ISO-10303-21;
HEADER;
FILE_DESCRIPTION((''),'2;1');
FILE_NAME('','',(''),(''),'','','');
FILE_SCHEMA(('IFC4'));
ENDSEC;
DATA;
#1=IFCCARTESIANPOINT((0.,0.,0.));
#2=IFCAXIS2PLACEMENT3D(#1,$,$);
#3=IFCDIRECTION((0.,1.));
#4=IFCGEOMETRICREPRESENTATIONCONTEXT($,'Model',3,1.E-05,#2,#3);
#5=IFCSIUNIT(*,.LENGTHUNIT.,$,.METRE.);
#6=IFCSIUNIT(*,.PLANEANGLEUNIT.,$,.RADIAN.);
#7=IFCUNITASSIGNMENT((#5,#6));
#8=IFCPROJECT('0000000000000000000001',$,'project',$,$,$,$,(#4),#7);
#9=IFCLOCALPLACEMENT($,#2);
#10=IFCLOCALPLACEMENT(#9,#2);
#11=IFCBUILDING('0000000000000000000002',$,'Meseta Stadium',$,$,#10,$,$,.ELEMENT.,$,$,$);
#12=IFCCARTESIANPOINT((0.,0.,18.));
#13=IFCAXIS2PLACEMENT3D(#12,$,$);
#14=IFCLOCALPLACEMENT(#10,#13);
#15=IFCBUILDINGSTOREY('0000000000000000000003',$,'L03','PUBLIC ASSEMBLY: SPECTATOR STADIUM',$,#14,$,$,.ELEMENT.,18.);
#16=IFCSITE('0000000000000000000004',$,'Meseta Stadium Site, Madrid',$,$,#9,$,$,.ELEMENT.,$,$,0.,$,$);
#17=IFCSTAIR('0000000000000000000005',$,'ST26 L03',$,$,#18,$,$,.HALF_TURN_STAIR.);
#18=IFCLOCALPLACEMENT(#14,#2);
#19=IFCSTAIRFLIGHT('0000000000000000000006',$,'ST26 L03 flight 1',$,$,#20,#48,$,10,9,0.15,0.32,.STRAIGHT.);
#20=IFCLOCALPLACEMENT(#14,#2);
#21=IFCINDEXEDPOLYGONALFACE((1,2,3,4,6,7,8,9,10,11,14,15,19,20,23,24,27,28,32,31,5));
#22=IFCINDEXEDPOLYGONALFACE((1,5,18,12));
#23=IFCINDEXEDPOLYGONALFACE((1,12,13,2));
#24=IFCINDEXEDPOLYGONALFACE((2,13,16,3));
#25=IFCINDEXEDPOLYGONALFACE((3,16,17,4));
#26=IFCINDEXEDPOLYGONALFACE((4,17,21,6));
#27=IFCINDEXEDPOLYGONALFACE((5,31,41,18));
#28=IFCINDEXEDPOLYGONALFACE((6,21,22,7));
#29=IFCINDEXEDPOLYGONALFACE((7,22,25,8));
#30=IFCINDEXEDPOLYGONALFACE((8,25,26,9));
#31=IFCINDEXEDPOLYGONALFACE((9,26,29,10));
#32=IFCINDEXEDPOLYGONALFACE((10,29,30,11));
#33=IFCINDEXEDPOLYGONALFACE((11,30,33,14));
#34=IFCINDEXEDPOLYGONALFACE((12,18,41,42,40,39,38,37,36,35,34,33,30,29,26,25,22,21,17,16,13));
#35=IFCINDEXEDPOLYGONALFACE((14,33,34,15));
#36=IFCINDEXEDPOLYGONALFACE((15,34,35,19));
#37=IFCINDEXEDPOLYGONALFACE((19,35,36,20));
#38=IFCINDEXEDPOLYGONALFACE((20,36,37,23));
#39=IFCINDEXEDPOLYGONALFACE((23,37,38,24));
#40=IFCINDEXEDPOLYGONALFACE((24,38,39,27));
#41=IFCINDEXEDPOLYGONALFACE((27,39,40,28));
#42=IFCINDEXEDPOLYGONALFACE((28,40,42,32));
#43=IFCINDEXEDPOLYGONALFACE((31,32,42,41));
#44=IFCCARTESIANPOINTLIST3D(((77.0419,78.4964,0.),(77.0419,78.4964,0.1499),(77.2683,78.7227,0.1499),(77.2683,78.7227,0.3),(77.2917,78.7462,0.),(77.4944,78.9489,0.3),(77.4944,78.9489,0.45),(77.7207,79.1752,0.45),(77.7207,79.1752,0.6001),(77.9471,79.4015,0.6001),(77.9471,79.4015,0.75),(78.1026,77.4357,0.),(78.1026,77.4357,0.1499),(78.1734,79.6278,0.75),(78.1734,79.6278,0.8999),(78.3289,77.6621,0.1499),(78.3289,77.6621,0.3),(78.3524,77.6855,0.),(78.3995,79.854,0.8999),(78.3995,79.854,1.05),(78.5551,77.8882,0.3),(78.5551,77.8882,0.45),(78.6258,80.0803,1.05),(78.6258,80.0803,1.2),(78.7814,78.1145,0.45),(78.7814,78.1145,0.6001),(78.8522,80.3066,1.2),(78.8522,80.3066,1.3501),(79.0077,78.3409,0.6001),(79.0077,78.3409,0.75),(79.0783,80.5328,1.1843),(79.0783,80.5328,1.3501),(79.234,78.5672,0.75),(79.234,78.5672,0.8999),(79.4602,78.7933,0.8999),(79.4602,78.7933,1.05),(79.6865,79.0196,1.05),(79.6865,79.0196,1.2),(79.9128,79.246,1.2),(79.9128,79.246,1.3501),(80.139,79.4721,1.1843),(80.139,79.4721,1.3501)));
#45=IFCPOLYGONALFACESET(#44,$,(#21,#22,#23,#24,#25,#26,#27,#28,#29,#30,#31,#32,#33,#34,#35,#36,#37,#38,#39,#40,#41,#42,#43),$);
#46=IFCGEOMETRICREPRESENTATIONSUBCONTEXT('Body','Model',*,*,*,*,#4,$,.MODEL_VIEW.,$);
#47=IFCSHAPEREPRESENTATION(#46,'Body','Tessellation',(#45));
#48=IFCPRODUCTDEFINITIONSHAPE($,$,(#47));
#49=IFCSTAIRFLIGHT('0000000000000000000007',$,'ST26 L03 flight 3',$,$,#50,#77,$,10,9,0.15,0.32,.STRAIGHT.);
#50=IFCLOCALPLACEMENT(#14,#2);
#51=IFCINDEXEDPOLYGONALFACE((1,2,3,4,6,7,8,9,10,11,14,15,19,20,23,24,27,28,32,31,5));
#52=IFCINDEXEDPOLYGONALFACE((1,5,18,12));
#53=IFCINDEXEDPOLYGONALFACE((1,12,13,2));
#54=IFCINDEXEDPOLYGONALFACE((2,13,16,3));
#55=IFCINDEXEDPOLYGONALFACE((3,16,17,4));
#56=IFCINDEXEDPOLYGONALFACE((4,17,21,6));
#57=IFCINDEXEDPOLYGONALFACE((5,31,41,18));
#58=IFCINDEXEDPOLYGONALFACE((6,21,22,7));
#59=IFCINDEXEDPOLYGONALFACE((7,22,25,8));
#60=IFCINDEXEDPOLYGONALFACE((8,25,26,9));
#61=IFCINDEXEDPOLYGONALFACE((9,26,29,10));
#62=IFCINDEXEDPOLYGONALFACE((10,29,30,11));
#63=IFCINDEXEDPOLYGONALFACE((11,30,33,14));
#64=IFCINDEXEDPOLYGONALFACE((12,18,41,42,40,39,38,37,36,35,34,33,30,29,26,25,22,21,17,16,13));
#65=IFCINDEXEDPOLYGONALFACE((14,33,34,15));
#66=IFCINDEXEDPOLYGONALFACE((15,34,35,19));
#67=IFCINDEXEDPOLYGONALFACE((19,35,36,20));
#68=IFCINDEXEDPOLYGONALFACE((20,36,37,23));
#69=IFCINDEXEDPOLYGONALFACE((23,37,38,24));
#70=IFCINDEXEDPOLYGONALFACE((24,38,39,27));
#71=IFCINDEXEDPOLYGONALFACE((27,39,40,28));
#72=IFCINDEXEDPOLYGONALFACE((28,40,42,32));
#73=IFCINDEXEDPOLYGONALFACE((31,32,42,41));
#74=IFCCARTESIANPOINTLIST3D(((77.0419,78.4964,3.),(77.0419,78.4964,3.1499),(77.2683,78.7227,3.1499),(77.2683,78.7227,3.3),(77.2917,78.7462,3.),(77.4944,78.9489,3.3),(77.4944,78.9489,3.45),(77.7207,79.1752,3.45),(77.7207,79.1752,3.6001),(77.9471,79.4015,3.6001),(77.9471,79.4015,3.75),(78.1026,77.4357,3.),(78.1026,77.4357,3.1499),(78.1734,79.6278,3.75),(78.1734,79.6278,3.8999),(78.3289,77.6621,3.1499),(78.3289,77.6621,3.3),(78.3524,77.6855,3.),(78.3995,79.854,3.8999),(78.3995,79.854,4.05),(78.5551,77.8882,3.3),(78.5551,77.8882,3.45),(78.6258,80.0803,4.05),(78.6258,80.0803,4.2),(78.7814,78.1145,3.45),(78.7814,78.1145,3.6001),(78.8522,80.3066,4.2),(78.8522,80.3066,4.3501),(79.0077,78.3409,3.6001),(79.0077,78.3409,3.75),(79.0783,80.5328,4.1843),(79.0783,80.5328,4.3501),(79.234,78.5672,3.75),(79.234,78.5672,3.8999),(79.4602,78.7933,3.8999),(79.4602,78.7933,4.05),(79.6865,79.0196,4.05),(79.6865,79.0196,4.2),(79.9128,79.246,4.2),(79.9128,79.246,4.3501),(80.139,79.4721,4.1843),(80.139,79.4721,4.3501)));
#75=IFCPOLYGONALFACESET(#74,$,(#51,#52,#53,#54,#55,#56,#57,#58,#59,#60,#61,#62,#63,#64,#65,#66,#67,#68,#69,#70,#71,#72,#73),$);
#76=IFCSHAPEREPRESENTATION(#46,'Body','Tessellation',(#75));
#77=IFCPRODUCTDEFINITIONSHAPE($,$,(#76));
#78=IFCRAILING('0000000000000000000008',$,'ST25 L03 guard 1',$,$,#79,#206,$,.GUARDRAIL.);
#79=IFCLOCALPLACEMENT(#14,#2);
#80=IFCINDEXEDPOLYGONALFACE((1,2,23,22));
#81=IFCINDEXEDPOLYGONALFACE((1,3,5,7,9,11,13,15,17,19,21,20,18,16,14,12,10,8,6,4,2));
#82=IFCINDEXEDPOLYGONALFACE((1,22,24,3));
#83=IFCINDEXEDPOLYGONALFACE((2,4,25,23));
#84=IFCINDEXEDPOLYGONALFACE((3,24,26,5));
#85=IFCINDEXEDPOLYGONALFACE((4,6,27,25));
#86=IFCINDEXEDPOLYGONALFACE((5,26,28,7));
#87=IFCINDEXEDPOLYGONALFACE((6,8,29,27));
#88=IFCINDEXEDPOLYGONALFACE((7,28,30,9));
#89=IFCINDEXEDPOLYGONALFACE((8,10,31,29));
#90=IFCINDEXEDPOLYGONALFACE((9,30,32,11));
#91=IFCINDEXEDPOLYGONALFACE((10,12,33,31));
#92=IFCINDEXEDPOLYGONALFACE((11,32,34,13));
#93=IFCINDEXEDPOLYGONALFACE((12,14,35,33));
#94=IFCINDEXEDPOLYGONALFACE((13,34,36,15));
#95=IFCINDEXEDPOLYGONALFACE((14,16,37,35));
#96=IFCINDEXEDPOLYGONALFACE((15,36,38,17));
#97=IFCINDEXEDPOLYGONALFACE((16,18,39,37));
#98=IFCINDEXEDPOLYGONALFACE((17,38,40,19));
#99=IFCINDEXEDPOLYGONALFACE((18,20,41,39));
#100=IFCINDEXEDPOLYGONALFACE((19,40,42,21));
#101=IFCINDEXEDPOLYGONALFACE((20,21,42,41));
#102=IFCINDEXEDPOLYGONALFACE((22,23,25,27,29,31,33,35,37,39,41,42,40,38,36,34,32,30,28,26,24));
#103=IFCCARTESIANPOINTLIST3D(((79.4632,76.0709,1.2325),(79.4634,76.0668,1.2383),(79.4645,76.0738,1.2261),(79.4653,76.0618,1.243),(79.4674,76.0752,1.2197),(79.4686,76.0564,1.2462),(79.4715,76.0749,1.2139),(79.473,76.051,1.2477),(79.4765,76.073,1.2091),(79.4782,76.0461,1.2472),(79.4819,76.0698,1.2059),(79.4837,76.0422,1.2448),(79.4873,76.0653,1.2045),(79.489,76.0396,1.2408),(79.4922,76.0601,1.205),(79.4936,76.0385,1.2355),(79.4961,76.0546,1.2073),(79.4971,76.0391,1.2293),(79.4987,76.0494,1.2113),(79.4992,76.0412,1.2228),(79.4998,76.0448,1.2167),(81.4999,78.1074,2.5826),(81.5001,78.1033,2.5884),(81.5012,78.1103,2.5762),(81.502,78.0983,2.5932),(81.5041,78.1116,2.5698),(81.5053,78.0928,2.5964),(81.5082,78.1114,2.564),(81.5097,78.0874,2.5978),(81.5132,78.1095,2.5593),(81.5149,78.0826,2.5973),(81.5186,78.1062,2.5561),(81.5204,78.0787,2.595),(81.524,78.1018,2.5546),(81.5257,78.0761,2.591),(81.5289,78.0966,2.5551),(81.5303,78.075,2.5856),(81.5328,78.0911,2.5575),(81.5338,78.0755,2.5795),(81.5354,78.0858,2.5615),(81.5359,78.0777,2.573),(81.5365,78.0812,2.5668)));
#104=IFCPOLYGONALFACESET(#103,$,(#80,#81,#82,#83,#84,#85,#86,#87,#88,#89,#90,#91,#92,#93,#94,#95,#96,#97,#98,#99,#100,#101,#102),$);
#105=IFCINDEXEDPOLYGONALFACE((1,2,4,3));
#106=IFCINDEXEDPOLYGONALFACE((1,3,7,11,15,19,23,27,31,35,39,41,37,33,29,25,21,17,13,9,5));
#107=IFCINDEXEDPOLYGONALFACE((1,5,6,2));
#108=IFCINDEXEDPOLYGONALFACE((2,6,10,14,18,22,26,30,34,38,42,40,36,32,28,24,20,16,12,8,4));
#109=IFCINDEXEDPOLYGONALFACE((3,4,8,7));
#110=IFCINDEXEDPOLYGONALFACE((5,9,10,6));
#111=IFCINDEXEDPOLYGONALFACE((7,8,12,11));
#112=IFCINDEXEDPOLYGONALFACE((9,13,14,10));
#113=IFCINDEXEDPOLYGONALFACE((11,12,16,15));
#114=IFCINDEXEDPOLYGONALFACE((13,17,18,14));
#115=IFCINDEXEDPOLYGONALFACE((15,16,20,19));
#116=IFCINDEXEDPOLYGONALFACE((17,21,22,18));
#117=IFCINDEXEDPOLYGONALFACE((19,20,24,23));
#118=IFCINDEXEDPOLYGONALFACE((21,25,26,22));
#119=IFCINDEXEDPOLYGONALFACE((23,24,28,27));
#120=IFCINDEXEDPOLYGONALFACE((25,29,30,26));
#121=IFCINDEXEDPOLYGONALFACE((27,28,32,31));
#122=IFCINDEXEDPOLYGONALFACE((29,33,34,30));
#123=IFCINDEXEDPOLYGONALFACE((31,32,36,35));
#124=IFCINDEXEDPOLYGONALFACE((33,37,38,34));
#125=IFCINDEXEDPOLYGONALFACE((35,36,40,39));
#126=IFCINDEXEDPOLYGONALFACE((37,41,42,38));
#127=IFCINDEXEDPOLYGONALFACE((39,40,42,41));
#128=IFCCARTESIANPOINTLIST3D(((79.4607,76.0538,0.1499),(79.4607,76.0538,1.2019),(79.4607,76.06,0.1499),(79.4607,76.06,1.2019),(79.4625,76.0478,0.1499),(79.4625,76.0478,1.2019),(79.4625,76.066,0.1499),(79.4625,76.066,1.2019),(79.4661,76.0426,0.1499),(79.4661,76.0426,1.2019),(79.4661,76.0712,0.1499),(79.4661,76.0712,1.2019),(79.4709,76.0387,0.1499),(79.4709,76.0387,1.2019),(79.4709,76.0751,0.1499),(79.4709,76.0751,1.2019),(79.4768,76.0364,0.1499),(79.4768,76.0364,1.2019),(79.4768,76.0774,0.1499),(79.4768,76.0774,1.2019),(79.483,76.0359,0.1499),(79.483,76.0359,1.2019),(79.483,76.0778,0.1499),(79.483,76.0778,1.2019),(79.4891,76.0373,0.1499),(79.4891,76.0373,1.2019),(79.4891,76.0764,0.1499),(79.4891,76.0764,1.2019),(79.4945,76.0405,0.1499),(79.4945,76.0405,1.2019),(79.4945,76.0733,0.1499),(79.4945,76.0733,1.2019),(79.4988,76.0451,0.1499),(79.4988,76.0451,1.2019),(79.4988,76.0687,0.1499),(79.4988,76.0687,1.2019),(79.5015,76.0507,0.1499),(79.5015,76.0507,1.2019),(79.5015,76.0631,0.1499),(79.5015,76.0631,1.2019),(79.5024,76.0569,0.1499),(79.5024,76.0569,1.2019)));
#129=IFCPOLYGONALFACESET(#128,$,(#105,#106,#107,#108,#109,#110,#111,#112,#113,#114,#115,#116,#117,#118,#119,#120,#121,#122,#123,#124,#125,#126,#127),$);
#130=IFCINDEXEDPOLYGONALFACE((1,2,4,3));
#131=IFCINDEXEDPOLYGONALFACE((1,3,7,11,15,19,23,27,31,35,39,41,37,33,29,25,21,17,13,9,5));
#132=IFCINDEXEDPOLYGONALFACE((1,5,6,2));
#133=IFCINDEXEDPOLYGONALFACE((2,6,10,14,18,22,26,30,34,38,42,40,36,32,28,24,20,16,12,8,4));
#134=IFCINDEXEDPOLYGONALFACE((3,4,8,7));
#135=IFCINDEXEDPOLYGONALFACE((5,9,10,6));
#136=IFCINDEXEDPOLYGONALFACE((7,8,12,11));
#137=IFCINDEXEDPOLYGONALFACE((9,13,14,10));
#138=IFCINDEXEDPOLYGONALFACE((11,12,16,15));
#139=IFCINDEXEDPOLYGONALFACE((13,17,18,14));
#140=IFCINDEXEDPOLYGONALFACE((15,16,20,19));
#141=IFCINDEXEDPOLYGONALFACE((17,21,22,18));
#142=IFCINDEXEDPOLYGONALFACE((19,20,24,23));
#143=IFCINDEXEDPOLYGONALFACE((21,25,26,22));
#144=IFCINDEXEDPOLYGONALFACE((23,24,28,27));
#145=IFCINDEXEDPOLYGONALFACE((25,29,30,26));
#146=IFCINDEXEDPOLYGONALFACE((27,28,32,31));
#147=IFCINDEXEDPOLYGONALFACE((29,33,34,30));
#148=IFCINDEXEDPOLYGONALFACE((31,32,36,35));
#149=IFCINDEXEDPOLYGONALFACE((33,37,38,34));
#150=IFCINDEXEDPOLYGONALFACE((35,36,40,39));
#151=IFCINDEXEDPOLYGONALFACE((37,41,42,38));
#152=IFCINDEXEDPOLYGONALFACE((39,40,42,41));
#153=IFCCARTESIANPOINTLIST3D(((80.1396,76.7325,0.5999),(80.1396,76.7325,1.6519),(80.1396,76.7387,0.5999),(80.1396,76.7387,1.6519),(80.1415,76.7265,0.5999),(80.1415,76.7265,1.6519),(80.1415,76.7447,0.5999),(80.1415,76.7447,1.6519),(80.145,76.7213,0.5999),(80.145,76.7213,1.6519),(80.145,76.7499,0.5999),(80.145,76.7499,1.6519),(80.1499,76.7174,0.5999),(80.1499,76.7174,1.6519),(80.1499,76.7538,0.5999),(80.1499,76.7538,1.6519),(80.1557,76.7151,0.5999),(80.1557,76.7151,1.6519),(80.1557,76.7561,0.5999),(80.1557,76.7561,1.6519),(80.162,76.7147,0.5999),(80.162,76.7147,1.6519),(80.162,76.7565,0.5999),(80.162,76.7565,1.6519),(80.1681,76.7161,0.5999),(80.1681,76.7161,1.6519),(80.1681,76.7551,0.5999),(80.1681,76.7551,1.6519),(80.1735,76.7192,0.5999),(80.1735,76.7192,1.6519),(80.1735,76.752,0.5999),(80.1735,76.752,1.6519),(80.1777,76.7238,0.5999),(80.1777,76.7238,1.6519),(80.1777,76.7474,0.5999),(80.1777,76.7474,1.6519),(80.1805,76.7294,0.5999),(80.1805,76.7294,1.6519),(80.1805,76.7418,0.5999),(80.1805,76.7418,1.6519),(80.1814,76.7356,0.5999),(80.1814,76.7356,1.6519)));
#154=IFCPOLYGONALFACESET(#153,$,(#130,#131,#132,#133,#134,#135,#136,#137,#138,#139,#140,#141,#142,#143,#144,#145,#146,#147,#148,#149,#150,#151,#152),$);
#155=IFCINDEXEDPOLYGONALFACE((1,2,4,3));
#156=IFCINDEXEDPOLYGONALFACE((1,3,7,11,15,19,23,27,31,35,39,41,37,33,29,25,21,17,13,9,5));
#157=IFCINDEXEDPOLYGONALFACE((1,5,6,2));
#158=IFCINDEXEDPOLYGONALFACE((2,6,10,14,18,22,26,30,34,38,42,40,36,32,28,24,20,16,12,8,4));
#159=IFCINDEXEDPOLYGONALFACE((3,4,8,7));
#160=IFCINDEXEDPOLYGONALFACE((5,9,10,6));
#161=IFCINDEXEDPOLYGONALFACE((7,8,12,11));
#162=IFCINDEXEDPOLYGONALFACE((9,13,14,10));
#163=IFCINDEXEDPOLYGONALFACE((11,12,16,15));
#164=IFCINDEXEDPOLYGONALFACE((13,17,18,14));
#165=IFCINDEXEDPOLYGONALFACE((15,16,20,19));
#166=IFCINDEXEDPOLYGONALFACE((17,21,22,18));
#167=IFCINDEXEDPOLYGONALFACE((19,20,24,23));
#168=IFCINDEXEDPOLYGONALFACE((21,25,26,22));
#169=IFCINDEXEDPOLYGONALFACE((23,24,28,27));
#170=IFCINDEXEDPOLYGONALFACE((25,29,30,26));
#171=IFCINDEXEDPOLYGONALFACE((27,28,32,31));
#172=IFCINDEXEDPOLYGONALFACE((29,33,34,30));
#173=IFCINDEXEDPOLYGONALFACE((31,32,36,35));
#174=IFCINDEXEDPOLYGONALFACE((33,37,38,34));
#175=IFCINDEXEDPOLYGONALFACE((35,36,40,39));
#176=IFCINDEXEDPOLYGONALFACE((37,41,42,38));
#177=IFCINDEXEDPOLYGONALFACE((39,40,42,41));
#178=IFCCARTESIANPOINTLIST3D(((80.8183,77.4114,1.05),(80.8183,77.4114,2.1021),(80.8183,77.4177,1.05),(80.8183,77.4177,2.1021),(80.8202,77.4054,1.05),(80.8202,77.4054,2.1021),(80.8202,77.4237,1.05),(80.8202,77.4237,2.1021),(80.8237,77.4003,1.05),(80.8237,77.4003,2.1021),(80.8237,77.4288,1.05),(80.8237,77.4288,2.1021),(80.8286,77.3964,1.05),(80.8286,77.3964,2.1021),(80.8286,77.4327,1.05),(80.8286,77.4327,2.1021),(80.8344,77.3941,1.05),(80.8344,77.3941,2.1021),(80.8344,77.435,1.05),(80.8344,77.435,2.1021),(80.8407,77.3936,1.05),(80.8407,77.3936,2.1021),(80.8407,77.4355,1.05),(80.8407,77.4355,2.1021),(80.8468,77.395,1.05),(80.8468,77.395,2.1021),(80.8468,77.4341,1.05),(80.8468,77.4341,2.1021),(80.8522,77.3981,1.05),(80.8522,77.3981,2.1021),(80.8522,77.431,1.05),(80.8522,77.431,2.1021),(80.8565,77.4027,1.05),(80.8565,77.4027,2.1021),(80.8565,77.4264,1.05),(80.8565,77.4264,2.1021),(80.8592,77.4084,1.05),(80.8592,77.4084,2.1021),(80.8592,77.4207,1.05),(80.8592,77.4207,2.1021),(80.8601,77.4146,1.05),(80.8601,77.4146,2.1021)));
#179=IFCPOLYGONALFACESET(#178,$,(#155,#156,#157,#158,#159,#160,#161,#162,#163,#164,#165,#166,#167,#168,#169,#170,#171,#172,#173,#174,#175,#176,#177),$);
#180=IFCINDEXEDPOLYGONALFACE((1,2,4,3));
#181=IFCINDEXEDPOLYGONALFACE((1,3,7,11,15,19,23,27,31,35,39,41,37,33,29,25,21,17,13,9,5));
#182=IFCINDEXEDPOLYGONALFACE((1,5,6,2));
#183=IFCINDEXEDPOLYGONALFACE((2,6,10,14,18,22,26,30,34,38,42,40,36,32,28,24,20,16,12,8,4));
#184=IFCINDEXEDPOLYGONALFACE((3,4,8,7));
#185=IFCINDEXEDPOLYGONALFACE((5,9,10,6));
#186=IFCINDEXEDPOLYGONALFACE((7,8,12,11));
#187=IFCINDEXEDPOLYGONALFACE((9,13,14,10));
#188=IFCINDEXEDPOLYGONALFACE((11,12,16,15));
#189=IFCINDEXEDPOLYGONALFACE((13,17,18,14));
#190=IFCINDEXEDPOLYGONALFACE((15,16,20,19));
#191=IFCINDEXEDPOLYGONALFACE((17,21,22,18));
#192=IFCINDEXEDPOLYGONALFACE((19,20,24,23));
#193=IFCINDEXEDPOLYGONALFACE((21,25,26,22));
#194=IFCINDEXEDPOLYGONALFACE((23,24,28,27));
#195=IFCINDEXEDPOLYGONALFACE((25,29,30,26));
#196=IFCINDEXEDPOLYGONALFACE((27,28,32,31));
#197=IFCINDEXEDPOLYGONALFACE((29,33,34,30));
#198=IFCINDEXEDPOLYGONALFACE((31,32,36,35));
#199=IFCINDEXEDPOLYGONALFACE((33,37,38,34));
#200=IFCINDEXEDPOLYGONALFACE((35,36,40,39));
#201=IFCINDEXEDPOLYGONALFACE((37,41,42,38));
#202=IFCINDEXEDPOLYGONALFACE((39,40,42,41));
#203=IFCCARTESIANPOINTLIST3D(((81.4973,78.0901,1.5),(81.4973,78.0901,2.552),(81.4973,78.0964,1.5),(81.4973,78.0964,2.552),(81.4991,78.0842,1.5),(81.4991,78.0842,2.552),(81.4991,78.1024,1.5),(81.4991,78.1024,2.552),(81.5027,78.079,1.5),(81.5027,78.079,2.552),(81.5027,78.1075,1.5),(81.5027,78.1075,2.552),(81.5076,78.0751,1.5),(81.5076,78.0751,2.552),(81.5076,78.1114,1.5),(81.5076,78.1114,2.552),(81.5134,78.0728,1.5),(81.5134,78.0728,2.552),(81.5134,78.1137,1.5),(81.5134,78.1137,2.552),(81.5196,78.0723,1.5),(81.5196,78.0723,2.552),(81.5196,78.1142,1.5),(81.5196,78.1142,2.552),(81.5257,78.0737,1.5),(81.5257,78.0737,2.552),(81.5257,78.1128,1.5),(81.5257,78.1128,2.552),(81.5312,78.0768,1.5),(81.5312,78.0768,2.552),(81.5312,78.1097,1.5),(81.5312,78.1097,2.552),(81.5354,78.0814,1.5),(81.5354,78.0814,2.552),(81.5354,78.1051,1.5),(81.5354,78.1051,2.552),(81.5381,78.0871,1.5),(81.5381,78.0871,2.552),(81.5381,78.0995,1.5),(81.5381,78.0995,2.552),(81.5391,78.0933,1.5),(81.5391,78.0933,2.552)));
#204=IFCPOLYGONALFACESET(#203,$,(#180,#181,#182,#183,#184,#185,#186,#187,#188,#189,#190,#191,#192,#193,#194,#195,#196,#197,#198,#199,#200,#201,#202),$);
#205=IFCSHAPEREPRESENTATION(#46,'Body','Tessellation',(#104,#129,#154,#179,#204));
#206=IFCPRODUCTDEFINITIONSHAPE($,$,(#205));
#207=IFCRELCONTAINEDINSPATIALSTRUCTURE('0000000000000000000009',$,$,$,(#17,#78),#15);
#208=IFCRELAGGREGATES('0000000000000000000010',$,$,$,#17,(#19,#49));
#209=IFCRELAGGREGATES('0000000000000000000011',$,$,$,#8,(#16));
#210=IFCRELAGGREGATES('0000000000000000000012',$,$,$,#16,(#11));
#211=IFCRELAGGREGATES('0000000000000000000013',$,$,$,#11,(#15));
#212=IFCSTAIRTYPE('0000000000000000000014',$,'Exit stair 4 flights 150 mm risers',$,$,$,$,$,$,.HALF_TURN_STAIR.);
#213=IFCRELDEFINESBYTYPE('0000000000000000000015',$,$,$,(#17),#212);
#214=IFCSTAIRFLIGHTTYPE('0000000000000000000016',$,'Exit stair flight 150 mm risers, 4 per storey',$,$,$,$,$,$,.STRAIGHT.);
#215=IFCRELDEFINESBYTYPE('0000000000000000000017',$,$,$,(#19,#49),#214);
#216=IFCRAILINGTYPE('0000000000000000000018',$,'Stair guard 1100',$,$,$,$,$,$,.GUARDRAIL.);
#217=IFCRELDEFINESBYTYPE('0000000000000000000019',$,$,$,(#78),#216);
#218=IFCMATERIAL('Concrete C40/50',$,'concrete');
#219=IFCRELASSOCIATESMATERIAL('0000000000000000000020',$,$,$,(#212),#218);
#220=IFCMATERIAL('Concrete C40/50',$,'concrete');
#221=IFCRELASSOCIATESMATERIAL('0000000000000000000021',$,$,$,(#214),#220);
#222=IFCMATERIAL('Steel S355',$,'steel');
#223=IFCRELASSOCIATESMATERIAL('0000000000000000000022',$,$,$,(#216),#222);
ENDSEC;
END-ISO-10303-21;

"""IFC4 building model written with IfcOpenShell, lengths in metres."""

from ifc_helpers import new_model, si_unit, direction, frame, origin, origin_2d, place, context, subcontext, project, spatial, polyline, circle, outline, extrude, material, type_object, element, aggregate, save


model = new_model("IFC4")

# Units and contexts
model_context = context("Model", 3, precision=1e-05, world=origin(), true_north=direction((0.0, 1.0)))
body_context = subcontext(model_context, "Body", "Model", "MODEL_VIEW")
ifc_project = project(units=[si_unit("LENGTHUNIT", "METRE"), si_unit("PLANEANGLEUNIT", "RADIAN")], contexts=[model_context])

# Site, building, storey
site_placement = place(None, origin())
site = spatial("IfcSite", under=ifc_project, at=site_placement, Name="Meseta Stadium Site, Madrid", CompositionType="ELEMENT", RefElevation=0.0)
building_placement = place(site_placement, origin())
building = spatial("IfcBuilding", under=site, at=building_placement, Name="Meseta Stadium", CompositionType="ELEMENT")
storey_placement = place(building_placement, frame((0.0, 0.0, 18.0)))
storey = spatial("IfcBuildingStorey", under=building, at=storey_placement, Name="L03", Description="PUBLIC ASSEMBLY: SPECTATOR STADIUM", CompositionType="ELEMENT", Elevation=18.0)

# Shared definitions
ifc_material_1 = material(Name="Concrete C40/50", Category="concrete")
stair_type = type_object("IfcStairType", Name="Exit stair 4 flights 150 mm risers", PredefinedType="HALF_TURN_STAIR", material=ifc_material_1)
ifc_material_2 = material(Name="Concrete C40/50", Category="concrete")
stair_flight_type = type_object("IfcStairFlightType", Name="Exit stair flight 150 mm risers, 4 per storey", PredefinedType="STRAIGHT", material=ifc_material_2)

# Stair, stair flights
stair_1_placement = place(storey_placement, origin())
stair_1 = element("IfcStair", 1, at=stair_1_placement, inside=storey, type_object=stair_type, Name="ST26 L03", PredefinedType="HALF_TURN_STAIR")
stair_flight_1_placement = place(storey_placement, frame((77.5723, 77.9661, 0.0), z_axis=(0.0, 0.0, 1.0), x_axis=(0.707107, 0.707107, 0.0)))
stair_flight_1 = element("IfcStairFlight", 2, at=stair_flight_1_placement, type_object=stair_flight_type, Name="ST26 L03 flight 1", NumberOfRisers=10, NumberOfTreads=9, PredefinedType="STRAIGHT", RiserHeight=0.15, TreadLength=0.32, context=body_context, shape_type="SweptSolid", body=[
    extrude(outline(polyline([(0.0, 0.0), (0.0, 0.1499), (0.3201, 0.1499), (0.3201, 0.3), (0.6399, 0.3), (0.6399, 0.45), (0.96, 0.45), (0.96, 0.6001), (1.28, 0.6001), (1.28, 0.75), (1.6001, 0.75), (1.6001, 0.8999), (1.9199, 0.8999), (1.9199, 1.05), (2.24, 1.05), (2.24, 1.2), (2.5601, 1.2), (2.5601, 1.3501), (2.8799, 1.3501), (2.8799, 1.1843), (0.3533, 0.0), (0.0, 0.0)])), frame((0.0, 0.75, 0.0), z_axis=(0.0, -1.0, 0.0), x_axis=(1.0, 0.0, 0.0)), (0.0, 0.0, 1.0), 1.5),
])
stair_flight_2_placement = place(storey_placement, frame((77.5723, 77.9661, 3.0), z_axis=(0.0, 0.0, 1.0), x_axis=(0.707107, 0.707107, 0.0)))
stair_flight_2 = element("IfcStairFlight", 3, at=stair_flight_2_placement, type_object=stair_flight_type, Name="ST26 L03 flight 3", NumberOfRisers=10, NumberOfTreads=9, PredefinedType="STRAIGHT", RiserHeight=0.15, TreadLength=0.32, context=body_context, shape_type="SweptSolid", body=[
    extrude(outline(polyline([(0.0, 0.0), (0.0, 0.1499), (0.3201, 0.1499), (0.3201, 0.3), (0.6399, 0.3), (0.6399, 0.45), (0.96, 0.45), (0.96, 0.6001), (1.28, 0.6001), (1.28, 0.75), (1.6001, 0.75), (1.6001, 0.8999), (1.9199, 0.8999), (1.9199, 1.05), (2.24, 1.05), (2.24, 1.2), (2.5601, 1.2), (2.5601, 1.3501), (2.8799, 1.3501), (2.8799, 1.1843), (0.3533, 0.0), (0.0, 0.0)])), frame((0.0, 0.75, 0.0), z_axis=(0.0, -1.0, 0.0), x_axis=(1.0, 0.0, 0.0)), (0.0, 0.0, 1.0), 1.5),
])
aggregate(stair_1, [stair_flight_1, stair_flight_2])

# Railing
ifc_material_3 = material(Name="Steel S355", Category="steel")
railing_type_1 = type_object("IfcRailingType", Name="Stair guard 1100", PredefinedType="GUARDRAIL", material=ifc_material_3)
railing_1_placement = place(storey_placement, frame((79.4814, 76.0569, 0.1499)))
element("IfcRailing", 4, at=railing_1_placement, inside=storey, type_object=railing_type_1, Name="ST25 L03 guard 1", PredefinedType="GUARDRAIL", context=body_context, shape_type="SweptSolid", body=[
    extrude(circle(Radius=0.0239, at=origin_2d()), frame((0.0, 0.0, 1.0762), z_axis=(0.640288, 0.640211, 0.424454), x_axis=(-0.707064, 0.707149, 0.0)), (0.0, 0.0, 1.0), 3.1809),
    extrude(circle(Radius=0.021, at=origin_2d()), origin(), (0.0, 0.0, 1.0), 1.052),
    extrude(circle(Radius=0.021, at=origin_2d()), frame((0.679, 0.6787, 0.45)), (0.0, 0.0, 1.0), 1.052),
    extrude(circle(Radius=0.021, at=origin_2d()), frame((1.3577, 1.3577, 0.9001)), (0.0, 0.0, 1.0), 1.052),
    extrude(circle(Radius=0.021, at=origin_2d()), frame((2.0366, 2.0364, 1.3501)), (0.0, 0.0, 1.0), 1.052),
])

save(model, "model.ifc")
